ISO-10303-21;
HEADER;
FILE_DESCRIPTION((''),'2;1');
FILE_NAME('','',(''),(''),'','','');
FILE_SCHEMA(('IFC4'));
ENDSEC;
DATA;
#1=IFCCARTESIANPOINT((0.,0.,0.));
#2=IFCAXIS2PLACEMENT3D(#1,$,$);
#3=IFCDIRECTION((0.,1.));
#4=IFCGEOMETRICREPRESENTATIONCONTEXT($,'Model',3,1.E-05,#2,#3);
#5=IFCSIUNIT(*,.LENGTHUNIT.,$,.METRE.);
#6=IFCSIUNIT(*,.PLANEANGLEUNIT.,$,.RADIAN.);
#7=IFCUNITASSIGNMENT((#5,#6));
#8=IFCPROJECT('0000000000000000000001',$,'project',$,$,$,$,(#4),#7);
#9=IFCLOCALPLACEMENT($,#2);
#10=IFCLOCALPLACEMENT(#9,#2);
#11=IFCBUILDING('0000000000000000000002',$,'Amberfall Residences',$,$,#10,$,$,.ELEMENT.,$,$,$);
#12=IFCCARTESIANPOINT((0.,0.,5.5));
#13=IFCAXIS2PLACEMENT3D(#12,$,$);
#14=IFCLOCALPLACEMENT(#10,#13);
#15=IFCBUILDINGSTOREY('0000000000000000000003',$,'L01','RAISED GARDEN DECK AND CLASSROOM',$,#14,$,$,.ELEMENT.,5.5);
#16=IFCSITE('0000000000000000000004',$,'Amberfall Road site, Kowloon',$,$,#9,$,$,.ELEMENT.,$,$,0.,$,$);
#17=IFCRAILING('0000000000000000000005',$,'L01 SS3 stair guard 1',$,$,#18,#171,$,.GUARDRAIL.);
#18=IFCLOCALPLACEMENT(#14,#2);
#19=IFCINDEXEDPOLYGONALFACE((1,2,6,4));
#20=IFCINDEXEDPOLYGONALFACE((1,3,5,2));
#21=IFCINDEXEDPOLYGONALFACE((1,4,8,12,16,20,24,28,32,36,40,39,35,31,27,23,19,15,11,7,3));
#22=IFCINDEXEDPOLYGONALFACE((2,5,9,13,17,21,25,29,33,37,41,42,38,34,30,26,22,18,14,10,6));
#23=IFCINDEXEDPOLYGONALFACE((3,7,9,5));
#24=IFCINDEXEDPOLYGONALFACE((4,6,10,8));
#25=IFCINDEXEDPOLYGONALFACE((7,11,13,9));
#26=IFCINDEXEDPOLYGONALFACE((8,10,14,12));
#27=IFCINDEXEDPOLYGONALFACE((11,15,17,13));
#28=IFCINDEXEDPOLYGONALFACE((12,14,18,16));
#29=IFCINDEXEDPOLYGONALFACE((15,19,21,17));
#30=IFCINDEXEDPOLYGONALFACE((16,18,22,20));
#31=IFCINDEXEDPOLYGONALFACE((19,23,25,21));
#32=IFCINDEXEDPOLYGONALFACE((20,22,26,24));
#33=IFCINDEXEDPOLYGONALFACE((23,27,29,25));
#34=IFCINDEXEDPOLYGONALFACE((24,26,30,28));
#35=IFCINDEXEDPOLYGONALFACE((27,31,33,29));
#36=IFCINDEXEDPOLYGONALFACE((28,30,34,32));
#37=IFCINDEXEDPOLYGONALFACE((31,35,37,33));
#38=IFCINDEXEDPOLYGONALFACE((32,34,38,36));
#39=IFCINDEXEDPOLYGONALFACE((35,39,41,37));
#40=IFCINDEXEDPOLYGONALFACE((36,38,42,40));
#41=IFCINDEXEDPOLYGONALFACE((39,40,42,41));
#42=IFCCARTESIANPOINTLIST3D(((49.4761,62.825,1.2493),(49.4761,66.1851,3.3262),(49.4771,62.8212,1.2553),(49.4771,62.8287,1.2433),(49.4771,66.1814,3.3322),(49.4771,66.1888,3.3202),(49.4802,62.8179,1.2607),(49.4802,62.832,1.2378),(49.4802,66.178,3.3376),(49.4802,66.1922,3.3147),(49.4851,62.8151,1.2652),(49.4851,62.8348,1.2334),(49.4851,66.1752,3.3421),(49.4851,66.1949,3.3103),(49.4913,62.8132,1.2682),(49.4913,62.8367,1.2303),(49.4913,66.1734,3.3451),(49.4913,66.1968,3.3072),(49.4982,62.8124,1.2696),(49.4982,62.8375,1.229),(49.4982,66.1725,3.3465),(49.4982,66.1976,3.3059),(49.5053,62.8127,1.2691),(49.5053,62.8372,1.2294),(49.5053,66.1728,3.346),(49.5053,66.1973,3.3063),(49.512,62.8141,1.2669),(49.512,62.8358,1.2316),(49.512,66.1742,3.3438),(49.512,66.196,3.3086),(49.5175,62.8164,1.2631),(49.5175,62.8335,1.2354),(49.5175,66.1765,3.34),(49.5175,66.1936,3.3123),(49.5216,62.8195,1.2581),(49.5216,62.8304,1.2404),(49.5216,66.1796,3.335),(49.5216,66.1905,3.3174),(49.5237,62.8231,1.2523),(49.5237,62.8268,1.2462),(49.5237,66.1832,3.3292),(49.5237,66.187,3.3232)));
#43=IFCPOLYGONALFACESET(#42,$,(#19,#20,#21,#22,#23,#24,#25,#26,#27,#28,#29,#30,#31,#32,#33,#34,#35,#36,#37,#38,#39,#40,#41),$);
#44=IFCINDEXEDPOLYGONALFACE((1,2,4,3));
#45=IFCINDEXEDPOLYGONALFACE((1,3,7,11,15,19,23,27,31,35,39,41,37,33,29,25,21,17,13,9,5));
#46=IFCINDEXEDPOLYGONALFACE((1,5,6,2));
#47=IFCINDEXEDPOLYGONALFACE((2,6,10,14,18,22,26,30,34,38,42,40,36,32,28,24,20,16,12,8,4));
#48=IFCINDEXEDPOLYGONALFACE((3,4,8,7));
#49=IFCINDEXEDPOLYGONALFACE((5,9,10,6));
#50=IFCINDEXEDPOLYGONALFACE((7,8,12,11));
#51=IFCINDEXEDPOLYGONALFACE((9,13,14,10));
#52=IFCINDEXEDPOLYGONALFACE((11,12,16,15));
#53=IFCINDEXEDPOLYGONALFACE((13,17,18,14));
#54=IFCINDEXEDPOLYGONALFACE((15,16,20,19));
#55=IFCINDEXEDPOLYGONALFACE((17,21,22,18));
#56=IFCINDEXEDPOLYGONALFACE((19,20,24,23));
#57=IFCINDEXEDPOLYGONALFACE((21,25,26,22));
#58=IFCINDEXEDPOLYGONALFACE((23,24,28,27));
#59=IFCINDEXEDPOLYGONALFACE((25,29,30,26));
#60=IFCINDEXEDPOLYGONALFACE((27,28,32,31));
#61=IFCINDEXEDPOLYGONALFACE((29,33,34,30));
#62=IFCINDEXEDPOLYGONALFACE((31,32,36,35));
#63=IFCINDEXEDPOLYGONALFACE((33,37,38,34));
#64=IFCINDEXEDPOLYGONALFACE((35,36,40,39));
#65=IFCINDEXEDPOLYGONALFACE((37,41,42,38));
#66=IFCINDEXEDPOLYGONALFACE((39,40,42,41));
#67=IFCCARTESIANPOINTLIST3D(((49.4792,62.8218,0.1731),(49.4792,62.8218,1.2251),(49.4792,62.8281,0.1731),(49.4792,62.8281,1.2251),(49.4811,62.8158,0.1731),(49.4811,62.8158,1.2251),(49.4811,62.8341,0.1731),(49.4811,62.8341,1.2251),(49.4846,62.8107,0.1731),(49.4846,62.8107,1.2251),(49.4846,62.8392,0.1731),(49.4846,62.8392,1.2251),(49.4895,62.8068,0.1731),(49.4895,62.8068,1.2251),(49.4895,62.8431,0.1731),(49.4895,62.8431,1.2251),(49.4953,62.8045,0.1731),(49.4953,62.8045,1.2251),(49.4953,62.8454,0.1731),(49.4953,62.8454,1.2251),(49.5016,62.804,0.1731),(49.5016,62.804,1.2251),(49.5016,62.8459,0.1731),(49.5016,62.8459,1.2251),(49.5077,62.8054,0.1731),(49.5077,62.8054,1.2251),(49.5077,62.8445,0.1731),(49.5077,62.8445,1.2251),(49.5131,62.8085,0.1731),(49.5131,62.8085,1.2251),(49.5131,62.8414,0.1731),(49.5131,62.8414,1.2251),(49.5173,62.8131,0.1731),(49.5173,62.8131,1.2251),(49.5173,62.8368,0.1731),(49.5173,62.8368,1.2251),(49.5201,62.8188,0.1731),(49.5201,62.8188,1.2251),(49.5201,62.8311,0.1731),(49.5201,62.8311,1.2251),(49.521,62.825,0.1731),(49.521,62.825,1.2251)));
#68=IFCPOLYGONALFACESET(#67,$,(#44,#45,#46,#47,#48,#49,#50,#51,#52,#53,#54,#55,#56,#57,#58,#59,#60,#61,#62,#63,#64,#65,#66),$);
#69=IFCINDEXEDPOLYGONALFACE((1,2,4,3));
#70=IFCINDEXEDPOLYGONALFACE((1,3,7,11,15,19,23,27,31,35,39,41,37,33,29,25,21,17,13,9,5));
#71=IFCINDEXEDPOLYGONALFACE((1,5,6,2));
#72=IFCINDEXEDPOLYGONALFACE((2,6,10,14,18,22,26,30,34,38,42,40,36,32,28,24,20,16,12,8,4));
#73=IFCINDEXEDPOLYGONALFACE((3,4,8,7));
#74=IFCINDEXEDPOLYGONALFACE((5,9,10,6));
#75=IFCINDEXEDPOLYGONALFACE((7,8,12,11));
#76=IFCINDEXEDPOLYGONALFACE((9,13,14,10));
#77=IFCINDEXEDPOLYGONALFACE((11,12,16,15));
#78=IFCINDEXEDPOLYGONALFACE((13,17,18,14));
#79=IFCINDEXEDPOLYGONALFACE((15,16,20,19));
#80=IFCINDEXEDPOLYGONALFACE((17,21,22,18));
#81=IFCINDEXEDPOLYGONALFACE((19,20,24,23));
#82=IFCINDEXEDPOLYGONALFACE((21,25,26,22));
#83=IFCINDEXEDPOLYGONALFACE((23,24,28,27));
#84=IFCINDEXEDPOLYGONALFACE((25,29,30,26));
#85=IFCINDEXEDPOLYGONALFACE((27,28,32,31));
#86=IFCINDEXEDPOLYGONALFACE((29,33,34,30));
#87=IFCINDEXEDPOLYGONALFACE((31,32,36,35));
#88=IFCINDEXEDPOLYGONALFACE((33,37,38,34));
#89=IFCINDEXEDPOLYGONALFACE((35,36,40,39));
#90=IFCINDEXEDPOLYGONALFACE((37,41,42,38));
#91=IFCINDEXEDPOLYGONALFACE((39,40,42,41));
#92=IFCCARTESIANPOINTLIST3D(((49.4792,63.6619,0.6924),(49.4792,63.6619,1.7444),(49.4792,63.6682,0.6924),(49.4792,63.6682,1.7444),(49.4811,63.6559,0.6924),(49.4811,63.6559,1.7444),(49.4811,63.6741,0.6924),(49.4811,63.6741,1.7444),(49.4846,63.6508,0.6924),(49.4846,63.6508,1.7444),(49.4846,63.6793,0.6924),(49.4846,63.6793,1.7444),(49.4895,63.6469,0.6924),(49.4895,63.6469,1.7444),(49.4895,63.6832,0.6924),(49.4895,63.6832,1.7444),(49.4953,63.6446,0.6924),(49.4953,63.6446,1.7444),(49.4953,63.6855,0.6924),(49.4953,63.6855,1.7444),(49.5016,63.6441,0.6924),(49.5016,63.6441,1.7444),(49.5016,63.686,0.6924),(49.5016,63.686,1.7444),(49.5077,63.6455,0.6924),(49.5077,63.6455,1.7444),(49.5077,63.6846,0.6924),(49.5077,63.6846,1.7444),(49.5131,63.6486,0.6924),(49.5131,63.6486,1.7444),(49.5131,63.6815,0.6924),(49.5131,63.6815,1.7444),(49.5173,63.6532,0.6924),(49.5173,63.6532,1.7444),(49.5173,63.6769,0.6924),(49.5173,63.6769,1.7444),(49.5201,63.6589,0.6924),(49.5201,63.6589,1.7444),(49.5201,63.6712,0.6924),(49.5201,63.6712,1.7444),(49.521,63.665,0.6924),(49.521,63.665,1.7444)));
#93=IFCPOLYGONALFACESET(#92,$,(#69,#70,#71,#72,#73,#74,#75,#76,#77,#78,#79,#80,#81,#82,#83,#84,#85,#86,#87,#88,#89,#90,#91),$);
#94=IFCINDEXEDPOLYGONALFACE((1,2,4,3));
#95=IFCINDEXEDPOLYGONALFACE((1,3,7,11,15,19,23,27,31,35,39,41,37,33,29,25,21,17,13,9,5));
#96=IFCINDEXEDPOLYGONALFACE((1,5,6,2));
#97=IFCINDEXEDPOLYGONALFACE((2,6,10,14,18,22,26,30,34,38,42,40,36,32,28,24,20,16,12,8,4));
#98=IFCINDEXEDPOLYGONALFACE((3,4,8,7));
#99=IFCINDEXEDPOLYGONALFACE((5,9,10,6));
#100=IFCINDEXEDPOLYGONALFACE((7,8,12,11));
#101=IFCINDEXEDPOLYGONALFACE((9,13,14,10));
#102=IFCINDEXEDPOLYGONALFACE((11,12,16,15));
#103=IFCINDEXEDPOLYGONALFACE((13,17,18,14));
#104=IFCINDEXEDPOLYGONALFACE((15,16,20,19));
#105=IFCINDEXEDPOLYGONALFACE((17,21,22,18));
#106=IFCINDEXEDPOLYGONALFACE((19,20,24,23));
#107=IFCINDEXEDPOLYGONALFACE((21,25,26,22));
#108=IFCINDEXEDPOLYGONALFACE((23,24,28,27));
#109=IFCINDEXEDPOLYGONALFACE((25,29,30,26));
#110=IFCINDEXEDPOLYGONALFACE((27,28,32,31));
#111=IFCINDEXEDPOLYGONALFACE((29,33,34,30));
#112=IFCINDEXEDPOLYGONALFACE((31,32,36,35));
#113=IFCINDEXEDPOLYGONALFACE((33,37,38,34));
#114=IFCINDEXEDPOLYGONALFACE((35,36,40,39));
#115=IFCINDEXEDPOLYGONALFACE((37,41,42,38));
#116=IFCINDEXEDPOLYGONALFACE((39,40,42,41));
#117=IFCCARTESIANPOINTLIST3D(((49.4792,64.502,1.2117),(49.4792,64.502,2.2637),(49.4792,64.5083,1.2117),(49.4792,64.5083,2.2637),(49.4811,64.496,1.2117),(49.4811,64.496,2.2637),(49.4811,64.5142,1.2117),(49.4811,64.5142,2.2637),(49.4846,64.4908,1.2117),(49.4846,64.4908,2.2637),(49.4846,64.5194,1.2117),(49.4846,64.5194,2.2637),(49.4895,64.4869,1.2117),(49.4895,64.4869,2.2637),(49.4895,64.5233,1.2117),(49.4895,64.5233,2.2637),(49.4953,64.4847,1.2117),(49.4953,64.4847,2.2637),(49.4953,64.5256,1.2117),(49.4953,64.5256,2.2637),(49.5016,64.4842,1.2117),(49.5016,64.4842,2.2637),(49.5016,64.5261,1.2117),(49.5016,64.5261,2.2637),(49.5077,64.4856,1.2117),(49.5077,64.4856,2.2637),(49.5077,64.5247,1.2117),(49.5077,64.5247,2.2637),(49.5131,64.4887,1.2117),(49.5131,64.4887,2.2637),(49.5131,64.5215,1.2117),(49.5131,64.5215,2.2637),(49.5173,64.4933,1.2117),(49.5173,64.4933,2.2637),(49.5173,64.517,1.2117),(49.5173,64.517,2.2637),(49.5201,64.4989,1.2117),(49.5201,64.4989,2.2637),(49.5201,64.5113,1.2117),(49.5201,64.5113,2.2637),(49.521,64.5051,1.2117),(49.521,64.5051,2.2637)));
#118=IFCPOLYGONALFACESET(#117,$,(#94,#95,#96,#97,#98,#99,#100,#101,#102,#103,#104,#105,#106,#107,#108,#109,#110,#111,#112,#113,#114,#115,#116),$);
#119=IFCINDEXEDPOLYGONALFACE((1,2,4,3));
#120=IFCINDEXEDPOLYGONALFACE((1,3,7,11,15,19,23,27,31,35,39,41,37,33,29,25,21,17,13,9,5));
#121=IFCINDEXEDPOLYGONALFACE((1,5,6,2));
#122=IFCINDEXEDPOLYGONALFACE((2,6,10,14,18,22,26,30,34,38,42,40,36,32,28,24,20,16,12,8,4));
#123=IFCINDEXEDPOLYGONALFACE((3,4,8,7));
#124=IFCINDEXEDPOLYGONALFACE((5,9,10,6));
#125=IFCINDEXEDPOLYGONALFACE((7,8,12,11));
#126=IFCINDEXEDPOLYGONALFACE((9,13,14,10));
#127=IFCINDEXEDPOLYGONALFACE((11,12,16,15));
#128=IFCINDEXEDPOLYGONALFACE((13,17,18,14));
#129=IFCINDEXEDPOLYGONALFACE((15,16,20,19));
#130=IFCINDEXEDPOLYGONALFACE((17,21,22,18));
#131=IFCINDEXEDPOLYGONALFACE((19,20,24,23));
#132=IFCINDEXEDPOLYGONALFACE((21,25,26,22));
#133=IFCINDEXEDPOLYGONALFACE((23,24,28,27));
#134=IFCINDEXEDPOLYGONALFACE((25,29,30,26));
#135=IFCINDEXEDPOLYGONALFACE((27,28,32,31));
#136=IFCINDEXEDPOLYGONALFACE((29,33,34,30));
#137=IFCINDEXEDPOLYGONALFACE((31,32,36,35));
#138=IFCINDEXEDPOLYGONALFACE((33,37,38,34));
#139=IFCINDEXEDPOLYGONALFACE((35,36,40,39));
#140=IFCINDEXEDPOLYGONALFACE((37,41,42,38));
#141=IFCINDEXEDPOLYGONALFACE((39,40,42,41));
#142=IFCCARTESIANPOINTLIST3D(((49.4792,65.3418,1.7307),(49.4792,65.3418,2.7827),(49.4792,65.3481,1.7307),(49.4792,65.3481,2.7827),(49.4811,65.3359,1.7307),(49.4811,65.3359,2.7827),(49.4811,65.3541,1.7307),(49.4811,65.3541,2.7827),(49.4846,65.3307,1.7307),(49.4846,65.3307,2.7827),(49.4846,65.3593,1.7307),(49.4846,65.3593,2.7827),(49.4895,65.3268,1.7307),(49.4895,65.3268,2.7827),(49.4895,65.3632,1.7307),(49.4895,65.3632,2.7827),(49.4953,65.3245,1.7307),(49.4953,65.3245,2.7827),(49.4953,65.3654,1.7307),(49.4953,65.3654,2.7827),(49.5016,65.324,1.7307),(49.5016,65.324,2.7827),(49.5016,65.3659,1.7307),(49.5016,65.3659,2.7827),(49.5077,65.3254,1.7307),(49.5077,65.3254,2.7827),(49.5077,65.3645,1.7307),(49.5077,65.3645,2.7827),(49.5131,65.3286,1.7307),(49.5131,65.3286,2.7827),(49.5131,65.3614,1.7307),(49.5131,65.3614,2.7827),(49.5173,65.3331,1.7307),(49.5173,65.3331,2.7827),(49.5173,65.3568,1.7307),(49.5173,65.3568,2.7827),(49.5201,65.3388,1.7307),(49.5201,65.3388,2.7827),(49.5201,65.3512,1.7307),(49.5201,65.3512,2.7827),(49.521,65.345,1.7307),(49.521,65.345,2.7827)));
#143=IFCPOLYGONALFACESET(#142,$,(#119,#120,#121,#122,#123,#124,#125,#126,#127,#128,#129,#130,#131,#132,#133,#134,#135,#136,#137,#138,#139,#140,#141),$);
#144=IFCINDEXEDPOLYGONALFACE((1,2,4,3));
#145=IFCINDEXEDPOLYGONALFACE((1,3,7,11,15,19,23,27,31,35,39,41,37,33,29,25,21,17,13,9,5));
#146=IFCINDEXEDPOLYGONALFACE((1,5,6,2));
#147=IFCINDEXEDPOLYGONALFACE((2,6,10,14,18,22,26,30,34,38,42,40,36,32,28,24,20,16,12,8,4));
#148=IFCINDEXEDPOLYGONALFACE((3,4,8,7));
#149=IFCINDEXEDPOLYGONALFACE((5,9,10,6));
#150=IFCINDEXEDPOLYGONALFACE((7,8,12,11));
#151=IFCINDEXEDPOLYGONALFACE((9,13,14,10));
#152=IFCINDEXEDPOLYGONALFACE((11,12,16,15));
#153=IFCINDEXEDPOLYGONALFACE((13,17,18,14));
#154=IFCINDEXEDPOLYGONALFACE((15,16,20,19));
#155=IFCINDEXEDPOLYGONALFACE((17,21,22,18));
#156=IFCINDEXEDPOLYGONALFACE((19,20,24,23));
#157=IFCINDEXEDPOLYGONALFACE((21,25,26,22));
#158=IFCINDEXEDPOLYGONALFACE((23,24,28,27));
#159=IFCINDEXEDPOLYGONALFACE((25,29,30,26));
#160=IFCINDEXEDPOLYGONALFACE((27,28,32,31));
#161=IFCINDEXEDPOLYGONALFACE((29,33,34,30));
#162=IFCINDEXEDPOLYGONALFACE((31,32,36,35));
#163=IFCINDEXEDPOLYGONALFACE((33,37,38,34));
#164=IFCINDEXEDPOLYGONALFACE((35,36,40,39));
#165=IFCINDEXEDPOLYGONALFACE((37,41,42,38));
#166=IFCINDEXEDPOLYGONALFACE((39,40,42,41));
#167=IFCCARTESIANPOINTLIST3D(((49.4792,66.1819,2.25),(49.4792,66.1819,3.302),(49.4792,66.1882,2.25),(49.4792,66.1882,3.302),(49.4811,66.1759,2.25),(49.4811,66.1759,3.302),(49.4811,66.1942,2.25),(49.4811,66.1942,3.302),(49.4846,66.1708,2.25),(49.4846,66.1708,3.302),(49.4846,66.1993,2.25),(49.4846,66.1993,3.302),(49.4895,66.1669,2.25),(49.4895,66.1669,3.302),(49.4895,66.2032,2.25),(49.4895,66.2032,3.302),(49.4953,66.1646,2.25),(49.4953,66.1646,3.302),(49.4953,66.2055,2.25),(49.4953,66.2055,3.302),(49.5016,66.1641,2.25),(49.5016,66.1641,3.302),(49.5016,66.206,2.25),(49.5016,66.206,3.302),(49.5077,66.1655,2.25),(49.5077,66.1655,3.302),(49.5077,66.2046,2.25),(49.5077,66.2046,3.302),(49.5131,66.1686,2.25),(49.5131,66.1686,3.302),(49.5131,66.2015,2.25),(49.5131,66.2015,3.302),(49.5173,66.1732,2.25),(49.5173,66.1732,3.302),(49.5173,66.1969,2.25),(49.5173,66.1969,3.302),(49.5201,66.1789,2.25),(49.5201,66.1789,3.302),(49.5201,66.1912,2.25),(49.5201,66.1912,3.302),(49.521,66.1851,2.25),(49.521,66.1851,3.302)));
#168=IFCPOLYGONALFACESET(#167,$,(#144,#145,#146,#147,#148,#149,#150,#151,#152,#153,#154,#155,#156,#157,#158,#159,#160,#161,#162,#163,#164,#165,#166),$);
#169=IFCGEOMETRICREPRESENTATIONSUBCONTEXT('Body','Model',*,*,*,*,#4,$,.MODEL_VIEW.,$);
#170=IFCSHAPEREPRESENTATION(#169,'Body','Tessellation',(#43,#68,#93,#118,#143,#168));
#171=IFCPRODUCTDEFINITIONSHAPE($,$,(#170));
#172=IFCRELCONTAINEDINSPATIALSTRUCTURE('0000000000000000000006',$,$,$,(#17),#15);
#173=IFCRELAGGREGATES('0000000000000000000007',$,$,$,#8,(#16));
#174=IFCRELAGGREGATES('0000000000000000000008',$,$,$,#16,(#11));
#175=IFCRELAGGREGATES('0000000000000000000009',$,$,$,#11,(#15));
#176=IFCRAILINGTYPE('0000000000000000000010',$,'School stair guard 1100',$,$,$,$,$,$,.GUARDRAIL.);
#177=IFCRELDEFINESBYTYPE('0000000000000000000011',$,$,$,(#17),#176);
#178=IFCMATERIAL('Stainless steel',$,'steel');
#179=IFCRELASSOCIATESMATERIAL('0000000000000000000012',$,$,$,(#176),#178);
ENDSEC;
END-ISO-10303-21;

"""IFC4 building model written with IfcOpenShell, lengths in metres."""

from ifc_helpers import new_model, si_unit, direction, frame, origin, origin_2d, place, context, subcontext, project, spatial, circle, extrude, material, type_object, element, save


model = new_model("IFC4")

# Units and contexts
model_context = context("Model", 3, precision=1e-05, world=origin(), true_north=direction((0.0, 1.0)))
body_context = subcontext(model_context, "Body", "Model", "MODEL_VIEW")
ifc_project = project(units=[si_unit("LENGTHUNIT", "METRE"), si_unit("PLANEANGLEUNIT", "RADIAN")], contexts=[model_context])

# Site, building, storey
site_placement = place(None, origin())
site = spatial("IfcSite", under=ifc_project, at=site_placement, Name="Amberfall Road site, Kowloon", CompositionType="ELEMENT", RefElevation=0.0)
building_placement = place(site_placement, origin())
building = spatial("IfcBuilding", under=site, at=building_placement, Name="Amberfall Residences", CompositionType="ELEMENT")
storey_placement = place(building_placement, frame((0.0, 0.0, 5.5)))
storey = spatial("IfcBuildingStorey", under=building, at=storey_placement, Name="L01", Description="RAISED GARDEN DECK AND CLASSROOM", CompositionType="ELEMENT", Elevation=5.5)

# Railing
ifc_material_1 = material(Name="Stainless steel", Category="steel")
railing_type_1 = type_object("IfcRailingType", Name="School stair guard 1100", PredefinedType="GUARDRAIL", material=ifc_material_1)
railing_1_placement = place(storey_placement, frame((49.5, 62.825, 0.1731)))
element("IfcRailing", 1, at=railing_1_placement, inside=storey, type_object=railing_type_1, Name="L01 SS3 stair guard 1", PredefinedType="GUARDRAIL", context=body_context, shape_type="SweptSolid", body=[
    extrude(circle(Radius=0.0239, at=origin_2d()), frame((0.0, 0.0, 1.0762), z_axis=(0.0, 0.850623, 0.525776), x_axis=(-1.0, 0.0, 0.0)), (0.0, 0.0, 1.0), 3.9502),
    extrude(circle(Radius=0.021, at=origin_2d()), origin(), (0.0, 0.0, 1.0), 1.052),
    extrude(circle(Radius=0.021, at=origin_2d()), frame((0.0, 0.8401, 0.5193)), (0.0, 0.0, 1.0), 1.052),
    extrude(circle(Radius=0.021, at=origin_2d()), frame((0.0, 1.6802, 1.0386)), (0.0, 0.0, 1.0), 1.052),
    extrude(circle(Radius=0.021, at=origin_2d()), frame((0.0, 2.52, 1.5576)), (0.0, 0.0, 1.0), 1.052),
    extrude(circle(Radius=0.021, at=origin_2d()), frame((0.0, 3.3601, 2.0769)), (0.0, 0.0, 1.0), 1.052),
])

save(model, "model.ifc")
